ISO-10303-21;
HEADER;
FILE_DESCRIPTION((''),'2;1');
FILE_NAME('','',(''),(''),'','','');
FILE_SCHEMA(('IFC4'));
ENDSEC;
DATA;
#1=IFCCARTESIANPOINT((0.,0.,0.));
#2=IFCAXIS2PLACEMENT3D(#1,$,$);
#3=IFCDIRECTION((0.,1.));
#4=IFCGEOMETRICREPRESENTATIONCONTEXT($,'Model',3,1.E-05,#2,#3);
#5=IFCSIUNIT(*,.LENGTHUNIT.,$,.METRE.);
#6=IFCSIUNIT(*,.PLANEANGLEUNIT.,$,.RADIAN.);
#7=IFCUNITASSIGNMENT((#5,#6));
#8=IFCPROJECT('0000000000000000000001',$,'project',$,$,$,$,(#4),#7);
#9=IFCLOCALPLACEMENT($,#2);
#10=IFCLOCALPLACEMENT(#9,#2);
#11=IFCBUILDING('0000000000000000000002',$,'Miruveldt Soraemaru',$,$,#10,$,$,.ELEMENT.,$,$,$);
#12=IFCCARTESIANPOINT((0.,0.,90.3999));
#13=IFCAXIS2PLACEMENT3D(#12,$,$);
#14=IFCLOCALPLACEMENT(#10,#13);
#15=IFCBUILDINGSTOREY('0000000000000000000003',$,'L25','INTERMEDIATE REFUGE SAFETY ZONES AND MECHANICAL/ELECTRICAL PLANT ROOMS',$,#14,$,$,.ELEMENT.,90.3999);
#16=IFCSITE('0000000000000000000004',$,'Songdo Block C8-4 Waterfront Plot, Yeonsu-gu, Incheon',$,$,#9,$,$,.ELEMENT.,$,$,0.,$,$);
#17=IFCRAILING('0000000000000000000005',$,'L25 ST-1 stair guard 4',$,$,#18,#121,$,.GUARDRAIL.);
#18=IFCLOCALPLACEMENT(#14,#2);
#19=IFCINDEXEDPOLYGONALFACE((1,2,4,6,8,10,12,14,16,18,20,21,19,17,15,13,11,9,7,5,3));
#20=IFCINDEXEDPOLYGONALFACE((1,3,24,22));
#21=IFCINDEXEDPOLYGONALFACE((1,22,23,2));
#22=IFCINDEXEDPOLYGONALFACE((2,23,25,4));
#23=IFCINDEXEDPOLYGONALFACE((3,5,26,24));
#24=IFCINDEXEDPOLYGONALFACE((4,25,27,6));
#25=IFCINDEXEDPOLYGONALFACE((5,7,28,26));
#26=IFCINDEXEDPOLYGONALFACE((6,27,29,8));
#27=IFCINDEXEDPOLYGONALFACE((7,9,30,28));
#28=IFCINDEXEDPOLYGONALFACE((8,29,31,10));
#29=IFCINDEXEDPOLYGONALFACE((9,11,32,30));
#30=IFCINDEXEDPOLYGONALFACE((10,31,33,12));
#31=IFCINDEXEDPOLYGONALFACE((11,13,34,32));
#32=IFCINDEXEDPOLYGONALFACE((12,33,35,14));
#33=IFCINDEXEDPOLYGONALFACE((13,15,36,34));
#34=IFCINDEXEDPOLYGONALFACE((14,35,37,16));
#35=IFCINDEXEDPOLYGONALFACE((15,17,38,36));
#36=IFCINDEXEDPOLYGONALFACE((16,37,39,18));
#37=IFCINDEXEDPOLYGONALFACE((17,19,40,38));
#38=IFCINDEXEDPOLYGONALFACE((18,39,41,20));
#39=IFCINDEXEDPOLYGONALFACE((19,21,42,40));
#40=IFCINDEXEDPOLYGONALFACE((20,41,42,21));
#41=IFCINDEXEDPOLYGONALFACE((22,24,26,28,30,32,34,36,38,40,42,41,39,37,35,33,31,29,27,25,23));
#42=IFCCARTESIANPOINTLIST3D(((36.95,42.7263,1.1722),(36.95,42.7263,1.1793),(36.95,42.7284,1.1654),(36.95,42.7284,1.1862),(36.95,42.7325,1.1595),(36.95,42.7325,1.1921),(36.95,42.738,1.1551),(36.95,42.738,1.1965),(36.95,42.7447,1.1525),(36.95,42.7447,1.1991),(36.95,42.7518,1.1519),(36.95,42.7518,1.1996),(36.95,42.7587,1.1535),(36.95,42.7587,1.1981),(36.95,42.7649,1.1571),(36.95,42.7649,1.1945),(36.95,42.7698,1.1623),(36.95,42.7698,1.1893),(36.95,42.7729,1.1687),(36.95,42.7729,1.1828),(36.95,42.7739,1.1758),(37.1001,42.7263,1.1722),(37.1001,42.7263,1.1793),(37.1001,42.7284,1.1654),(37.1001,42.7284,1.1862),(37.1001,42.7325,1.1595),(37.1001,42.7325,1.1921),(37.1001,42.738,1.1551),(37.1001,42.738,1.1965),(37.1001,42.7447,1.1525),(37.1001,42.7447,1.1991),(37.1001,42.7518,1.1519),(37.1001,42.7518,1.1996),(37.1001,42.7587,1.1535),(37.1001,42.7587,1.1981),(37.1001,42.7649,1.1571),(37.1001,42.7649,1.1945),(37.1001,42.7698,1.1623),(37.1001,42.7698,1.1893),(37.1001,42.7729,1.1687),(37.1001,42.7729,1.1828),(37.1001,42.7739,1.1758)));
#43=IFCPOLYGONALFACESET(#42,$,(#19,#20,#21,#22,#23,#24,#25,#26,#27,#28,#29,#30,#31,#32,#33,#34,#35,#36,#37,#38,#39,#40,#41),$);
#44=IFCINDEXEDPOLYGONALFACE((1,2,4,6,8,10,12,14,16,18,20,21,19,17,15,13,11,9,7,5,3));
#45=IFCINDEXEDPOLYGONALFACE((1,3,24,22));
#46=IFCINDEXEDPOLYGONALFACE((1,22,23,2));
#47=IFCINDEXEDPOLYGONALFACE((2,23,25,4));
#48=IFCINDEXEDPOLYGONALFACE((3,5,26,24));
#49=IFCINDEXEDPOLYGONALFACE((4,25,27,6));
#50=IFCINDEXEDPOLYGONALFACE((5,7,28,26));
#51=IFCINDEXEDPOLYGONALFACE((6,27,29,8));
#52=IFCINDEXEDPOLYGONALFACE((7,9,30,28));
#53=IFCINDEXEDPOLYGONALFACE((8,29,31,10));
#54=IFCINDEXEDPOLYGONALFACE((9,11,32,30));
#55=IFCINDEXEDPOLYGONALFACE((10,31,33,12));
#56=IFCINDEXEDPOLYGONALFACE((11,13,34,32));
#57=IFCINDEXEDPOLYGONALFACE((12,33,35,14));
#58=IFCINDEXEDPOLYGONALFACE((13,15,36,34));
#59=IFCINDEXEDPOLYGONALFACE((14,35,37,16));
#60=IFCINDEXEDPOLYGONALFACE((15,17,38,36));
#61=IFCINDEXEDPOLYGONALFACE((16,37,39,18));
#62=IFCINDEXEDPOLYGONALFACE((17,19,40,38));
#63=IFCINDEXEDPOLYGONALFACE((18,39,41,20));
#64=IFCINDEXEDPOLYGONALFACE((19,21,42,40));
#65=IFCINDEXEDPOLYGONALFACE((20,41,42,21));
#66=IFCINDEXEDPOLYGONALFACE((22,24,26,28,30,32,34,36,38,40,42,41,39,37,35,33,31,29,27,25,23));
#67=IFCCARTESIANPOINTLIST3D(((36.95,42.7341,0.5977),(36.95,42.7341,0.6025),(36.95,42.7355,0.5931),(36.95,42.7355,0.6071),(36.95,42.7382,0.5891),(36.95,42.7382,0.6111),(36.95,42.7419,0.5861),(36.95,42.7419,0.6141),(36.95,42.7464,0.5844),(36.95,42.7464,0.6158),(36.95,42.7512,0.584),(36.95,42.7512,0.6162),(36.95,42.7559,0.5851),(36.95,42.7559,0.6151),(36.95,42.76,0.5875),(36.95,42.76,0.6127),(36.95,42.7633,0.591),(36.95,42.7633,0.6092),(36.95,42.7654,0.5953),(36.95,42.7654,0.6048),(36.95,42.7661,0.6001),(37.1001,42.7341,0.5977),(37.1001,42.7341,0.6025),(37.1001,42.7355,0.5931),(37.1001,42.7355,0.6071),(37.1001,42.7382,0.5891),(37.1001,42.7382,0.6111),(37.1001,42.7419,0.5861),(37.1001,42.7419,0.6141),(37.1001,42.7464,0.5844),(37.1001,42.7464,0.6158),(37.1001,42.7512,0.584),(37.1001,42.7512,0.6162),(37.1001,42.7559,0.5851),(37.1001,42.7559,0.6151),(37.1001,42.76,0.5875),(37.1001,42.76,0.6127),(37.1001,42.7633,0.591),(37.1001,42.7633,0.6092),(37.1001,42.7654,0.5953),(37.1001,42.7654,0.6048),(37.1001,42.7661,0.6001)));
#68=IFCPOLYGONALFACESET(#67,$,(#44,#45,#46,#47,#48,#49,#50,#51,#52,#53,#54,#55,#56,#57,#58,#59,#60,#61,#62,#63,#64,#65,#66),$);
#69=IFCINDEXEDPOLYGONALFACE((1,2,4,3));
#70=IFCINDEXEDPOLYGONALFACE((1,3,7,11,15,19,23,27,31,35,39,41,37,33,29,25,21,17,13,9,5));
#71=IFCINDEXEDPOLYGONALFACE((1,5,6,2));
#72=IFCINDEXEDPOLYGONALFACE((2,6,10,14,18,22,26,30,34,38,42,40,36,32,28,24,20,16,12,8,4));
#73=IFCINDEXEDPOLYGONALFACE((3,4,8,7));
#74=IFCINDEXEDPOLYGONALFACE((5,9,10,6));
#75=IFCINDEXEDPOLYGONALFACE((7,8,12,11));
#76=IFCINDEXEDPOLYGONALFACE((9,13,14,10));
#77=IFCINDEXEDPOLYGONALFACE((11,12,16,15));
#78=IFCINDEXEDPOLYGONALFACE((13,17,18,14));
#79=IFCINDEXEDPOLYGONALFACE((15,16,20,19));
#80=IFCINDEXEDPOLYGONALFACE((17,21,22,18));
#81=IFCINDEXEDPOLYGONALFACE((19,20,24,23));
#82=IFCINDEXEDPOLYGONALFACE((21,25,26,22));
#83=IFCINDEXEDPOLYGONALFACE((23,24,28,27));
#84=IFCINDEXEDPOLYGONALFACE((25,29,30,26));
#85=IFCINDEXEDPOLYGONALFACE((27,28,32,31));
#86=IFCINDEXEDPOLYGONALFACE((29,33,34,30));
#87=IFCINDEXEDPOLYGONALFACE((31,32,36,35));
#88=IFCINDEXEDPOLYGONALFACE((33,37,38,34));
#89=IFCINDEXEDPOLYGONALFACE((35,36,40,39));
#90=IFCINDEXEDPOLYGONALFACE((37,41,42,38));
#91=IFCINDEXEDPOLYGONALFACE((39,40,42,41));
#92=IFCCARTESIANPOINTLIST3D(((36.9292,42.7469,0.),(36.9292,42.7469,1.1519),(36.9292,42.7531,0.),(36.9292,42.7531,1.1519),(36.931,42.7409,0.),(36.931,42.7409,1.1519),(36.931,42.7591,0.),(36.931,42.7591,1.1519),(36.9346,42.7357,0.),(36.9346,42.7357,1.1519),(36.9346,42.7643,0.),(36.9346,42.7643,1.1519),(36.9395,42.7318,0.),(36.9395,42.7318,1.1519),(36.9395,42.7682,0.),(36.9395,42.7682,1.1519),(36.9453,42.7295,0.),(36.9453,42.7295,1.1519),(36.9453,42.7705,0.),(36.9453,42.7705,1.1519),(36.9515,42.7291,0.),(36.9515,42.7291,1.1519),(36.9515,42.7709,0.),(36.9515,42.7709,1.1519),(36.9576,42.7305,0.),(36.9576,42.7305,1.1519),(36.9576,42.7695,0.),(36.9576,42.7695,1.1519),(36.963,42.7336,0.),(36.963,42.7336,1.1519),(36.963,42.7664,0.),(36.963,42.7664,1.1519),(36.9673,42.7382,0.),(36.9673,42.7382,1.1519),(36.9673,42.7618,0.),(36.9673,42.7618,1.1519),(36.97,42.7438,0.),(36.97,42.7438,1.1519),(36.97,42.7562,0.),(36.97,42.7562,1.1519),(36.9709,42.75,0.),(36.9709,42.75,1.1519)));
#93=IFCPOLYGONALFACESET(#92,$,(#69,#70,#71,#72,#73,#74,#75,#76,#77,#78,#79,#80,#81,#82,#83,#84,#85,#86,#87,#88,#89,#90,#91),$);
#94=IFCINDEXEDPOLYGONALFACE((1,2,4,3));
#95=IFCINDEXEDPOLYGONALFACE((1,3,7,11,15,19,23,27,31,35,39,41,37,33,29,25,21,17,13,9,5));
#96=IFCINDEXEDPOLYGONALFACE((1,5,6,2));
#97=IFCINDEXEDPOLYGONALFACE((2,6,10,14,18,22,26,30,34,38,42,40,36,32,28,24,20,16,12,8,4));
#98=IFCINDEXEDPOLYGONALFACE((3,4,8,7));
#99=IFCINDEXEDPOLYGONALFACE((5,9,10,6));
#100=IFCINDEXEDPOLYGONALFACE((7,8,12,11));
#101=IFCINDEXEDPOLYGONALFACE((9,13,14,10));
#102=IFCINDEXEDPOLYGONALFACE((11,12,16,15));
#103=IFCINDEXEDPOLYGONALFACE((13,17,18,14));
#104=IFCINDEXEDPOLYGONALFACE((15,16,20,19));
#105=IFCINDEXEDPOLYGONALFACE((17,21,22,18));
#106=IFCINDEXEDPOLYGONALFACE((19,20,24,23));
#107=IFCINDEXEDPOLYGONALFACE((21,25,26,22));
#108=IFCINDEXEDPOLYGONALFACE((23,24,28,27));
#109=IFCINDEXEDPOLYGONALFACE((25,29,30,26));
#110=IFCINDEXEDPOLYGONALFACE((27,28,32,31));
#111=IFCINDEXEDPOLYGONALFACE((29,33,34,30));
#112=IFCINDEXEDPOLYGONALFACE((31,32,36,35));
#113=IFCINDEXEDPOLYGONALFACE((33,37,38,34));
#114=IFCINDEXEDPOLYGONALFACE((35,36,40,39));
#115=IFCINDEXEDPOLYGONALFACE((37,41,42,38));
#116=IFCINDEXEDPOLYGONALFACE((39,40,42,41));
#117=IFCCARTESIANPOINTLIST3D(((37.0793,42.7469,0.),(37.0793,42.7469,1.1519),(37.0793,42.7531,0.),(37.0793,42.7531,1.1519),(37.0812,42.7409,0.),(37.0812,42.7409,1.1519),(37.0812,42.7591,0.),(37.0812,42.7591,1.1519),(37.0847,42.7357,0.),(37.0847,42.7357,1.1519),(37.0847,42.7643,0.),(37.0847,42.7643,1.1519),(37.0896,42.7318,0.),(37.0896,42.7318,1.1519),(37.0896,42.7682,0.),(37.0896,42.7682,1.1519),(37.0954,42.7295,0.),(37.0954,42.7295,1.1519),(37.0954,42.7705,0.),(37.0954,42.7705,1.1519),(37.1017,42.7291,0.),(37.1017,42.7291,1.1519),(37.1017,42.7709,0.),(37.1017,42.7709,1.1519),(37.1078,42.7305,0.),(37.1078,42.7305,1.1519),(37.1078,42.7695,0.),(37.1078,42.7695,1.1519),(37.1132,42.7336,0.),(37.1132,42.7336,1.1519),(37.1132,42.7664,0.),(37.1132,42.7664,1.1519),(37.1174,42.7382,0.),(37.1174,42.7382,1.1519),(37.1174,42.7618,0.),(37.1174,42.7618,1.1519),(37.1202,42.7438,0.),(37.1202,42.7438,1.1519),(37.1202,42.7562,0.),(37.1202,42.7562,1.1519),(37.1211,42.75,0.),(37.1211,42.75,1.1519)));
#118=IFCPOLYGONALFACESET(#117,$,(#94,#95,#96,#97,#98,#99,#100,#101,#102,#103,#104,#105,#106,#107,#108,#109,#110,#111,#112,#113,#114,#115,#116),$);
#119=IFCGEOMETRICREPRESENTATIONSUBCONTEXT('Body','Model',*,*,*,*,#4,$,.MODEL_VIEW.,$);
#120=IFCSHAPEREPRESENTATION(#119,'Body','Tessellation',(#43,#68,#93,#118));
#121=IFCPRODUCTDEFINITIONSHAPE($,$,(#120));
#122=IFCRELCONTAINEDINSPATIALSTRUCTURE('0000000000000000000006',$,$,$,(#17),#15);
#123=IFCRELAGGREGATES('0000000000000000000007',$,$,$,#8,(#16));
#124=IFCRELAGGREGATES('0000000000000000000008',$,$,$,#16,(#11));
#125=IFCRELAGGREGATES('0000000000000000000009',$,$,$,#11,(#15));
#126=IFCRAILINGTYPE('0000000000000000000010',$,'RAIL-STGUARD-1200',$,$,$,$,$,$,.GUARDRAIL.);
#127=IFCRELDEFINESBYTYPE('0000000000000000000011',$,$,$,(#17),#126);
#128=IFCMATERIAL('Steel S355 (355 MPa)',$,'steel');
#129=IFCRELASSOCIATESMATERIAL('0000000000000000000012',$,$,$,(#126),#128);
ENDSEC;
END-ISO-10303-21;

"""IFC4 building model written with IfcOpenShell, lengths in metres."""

from ifc_helpers import new_model, si_unit, direction, frame, origin, origin_2d, place, context, subcontext, project, spatial, circle, extrude, material, type_object, element, save


model = new_model("IFC4")

# Units and contexts
model_context = context("Model", 3, precision=1e-05, world=origin(), true_north=direction((0.0, 1.0)))
body_context = subcontext(model_context, "Body", "Model", "MODEL_VIEW")
ifc_project = project(units=[si_unit("LENGTHUNIT", "METRE"), si_unit("PLANEANGLEUNIT", "RADIAN")], contexts=[model_context])

# Site, building, storey
site_placement = place(None, origin())
site = spatial("IfcSite", under=ifc_project, at=site_placement, Name="Songdo Block C8-4 Waterfront Plot, Yeonsu-gu, Incheon", CompositionType="ELEMENT", RefElevation=0.0)
building_placement = place(site_placement, origin())
building = spatial("IfcBuilding", under=site, at=building_placement, Name="Miruveldt Soraemaru", CompositionType="ELEMENT")
storey_placement = place(building_placement, frame((0.0, 0.0, 90.3999)))
storey = spatial("IfcBuildingStorey", under=building, at=storey_placement, Name="L25", Description="INTERMEDIATE REFUGE SAFETY ZONES AND MECHANICAL/ELECTRICAL PLANT ROOMS", CompositionType="ELEMENT", Elevation=90.3999)

# Railing
ifc_material_1 = material(Name="Steel S355 (355 MPa)", Category="steel")
railing_type_1 = type_object("IfcRailingType", Name="RAIL-STGUARD-1200", PredefinedType="GUARDRAIL", material=ifc_material_1)
railing_1_placement = place(storey_placement, frame((36.95, 42.75, 0.0)))
element("IfcRailing", 1, at=railing_1_placement, inside=storey, type_object=railing_type_1, Name="L25 ST-1 stair guard 4", PredefinedType="GUARDRAIL", context=body_context, shape_type="SweptSolid", body=[
    extrude(circle(Radius=0.0239, at=origin_2d()), frame((0.0, 0.0, 1.1758), z_axis=(1.0, 0.0, 0.0), x_axis=(0.0, 1.0, 0.0)), (0.0, 0.0, 1.0), 0.1501),
    extrude(circle(Radius=0.0161, at=origin_2d()), frame((0.0, 0.0, 0.6001), z_axis=(1.0, 0.0, 0.0), x_axis=(0.0, 1.0, 0.0)), (0.0, 0.0, 1.0), 0.1501),
    extrude(circle(Radius=0.021, at=origin_2d()), origin(), (0.0, 0.0, 1.0), 1.1519),
    extrude(circle(Radius=0.021, at=origin_2d()), frame((0.1501, 0.0, 0.0)), (0.0, 0.0, 1.0), 1.1519),
])

save(model, "model.ifc")
